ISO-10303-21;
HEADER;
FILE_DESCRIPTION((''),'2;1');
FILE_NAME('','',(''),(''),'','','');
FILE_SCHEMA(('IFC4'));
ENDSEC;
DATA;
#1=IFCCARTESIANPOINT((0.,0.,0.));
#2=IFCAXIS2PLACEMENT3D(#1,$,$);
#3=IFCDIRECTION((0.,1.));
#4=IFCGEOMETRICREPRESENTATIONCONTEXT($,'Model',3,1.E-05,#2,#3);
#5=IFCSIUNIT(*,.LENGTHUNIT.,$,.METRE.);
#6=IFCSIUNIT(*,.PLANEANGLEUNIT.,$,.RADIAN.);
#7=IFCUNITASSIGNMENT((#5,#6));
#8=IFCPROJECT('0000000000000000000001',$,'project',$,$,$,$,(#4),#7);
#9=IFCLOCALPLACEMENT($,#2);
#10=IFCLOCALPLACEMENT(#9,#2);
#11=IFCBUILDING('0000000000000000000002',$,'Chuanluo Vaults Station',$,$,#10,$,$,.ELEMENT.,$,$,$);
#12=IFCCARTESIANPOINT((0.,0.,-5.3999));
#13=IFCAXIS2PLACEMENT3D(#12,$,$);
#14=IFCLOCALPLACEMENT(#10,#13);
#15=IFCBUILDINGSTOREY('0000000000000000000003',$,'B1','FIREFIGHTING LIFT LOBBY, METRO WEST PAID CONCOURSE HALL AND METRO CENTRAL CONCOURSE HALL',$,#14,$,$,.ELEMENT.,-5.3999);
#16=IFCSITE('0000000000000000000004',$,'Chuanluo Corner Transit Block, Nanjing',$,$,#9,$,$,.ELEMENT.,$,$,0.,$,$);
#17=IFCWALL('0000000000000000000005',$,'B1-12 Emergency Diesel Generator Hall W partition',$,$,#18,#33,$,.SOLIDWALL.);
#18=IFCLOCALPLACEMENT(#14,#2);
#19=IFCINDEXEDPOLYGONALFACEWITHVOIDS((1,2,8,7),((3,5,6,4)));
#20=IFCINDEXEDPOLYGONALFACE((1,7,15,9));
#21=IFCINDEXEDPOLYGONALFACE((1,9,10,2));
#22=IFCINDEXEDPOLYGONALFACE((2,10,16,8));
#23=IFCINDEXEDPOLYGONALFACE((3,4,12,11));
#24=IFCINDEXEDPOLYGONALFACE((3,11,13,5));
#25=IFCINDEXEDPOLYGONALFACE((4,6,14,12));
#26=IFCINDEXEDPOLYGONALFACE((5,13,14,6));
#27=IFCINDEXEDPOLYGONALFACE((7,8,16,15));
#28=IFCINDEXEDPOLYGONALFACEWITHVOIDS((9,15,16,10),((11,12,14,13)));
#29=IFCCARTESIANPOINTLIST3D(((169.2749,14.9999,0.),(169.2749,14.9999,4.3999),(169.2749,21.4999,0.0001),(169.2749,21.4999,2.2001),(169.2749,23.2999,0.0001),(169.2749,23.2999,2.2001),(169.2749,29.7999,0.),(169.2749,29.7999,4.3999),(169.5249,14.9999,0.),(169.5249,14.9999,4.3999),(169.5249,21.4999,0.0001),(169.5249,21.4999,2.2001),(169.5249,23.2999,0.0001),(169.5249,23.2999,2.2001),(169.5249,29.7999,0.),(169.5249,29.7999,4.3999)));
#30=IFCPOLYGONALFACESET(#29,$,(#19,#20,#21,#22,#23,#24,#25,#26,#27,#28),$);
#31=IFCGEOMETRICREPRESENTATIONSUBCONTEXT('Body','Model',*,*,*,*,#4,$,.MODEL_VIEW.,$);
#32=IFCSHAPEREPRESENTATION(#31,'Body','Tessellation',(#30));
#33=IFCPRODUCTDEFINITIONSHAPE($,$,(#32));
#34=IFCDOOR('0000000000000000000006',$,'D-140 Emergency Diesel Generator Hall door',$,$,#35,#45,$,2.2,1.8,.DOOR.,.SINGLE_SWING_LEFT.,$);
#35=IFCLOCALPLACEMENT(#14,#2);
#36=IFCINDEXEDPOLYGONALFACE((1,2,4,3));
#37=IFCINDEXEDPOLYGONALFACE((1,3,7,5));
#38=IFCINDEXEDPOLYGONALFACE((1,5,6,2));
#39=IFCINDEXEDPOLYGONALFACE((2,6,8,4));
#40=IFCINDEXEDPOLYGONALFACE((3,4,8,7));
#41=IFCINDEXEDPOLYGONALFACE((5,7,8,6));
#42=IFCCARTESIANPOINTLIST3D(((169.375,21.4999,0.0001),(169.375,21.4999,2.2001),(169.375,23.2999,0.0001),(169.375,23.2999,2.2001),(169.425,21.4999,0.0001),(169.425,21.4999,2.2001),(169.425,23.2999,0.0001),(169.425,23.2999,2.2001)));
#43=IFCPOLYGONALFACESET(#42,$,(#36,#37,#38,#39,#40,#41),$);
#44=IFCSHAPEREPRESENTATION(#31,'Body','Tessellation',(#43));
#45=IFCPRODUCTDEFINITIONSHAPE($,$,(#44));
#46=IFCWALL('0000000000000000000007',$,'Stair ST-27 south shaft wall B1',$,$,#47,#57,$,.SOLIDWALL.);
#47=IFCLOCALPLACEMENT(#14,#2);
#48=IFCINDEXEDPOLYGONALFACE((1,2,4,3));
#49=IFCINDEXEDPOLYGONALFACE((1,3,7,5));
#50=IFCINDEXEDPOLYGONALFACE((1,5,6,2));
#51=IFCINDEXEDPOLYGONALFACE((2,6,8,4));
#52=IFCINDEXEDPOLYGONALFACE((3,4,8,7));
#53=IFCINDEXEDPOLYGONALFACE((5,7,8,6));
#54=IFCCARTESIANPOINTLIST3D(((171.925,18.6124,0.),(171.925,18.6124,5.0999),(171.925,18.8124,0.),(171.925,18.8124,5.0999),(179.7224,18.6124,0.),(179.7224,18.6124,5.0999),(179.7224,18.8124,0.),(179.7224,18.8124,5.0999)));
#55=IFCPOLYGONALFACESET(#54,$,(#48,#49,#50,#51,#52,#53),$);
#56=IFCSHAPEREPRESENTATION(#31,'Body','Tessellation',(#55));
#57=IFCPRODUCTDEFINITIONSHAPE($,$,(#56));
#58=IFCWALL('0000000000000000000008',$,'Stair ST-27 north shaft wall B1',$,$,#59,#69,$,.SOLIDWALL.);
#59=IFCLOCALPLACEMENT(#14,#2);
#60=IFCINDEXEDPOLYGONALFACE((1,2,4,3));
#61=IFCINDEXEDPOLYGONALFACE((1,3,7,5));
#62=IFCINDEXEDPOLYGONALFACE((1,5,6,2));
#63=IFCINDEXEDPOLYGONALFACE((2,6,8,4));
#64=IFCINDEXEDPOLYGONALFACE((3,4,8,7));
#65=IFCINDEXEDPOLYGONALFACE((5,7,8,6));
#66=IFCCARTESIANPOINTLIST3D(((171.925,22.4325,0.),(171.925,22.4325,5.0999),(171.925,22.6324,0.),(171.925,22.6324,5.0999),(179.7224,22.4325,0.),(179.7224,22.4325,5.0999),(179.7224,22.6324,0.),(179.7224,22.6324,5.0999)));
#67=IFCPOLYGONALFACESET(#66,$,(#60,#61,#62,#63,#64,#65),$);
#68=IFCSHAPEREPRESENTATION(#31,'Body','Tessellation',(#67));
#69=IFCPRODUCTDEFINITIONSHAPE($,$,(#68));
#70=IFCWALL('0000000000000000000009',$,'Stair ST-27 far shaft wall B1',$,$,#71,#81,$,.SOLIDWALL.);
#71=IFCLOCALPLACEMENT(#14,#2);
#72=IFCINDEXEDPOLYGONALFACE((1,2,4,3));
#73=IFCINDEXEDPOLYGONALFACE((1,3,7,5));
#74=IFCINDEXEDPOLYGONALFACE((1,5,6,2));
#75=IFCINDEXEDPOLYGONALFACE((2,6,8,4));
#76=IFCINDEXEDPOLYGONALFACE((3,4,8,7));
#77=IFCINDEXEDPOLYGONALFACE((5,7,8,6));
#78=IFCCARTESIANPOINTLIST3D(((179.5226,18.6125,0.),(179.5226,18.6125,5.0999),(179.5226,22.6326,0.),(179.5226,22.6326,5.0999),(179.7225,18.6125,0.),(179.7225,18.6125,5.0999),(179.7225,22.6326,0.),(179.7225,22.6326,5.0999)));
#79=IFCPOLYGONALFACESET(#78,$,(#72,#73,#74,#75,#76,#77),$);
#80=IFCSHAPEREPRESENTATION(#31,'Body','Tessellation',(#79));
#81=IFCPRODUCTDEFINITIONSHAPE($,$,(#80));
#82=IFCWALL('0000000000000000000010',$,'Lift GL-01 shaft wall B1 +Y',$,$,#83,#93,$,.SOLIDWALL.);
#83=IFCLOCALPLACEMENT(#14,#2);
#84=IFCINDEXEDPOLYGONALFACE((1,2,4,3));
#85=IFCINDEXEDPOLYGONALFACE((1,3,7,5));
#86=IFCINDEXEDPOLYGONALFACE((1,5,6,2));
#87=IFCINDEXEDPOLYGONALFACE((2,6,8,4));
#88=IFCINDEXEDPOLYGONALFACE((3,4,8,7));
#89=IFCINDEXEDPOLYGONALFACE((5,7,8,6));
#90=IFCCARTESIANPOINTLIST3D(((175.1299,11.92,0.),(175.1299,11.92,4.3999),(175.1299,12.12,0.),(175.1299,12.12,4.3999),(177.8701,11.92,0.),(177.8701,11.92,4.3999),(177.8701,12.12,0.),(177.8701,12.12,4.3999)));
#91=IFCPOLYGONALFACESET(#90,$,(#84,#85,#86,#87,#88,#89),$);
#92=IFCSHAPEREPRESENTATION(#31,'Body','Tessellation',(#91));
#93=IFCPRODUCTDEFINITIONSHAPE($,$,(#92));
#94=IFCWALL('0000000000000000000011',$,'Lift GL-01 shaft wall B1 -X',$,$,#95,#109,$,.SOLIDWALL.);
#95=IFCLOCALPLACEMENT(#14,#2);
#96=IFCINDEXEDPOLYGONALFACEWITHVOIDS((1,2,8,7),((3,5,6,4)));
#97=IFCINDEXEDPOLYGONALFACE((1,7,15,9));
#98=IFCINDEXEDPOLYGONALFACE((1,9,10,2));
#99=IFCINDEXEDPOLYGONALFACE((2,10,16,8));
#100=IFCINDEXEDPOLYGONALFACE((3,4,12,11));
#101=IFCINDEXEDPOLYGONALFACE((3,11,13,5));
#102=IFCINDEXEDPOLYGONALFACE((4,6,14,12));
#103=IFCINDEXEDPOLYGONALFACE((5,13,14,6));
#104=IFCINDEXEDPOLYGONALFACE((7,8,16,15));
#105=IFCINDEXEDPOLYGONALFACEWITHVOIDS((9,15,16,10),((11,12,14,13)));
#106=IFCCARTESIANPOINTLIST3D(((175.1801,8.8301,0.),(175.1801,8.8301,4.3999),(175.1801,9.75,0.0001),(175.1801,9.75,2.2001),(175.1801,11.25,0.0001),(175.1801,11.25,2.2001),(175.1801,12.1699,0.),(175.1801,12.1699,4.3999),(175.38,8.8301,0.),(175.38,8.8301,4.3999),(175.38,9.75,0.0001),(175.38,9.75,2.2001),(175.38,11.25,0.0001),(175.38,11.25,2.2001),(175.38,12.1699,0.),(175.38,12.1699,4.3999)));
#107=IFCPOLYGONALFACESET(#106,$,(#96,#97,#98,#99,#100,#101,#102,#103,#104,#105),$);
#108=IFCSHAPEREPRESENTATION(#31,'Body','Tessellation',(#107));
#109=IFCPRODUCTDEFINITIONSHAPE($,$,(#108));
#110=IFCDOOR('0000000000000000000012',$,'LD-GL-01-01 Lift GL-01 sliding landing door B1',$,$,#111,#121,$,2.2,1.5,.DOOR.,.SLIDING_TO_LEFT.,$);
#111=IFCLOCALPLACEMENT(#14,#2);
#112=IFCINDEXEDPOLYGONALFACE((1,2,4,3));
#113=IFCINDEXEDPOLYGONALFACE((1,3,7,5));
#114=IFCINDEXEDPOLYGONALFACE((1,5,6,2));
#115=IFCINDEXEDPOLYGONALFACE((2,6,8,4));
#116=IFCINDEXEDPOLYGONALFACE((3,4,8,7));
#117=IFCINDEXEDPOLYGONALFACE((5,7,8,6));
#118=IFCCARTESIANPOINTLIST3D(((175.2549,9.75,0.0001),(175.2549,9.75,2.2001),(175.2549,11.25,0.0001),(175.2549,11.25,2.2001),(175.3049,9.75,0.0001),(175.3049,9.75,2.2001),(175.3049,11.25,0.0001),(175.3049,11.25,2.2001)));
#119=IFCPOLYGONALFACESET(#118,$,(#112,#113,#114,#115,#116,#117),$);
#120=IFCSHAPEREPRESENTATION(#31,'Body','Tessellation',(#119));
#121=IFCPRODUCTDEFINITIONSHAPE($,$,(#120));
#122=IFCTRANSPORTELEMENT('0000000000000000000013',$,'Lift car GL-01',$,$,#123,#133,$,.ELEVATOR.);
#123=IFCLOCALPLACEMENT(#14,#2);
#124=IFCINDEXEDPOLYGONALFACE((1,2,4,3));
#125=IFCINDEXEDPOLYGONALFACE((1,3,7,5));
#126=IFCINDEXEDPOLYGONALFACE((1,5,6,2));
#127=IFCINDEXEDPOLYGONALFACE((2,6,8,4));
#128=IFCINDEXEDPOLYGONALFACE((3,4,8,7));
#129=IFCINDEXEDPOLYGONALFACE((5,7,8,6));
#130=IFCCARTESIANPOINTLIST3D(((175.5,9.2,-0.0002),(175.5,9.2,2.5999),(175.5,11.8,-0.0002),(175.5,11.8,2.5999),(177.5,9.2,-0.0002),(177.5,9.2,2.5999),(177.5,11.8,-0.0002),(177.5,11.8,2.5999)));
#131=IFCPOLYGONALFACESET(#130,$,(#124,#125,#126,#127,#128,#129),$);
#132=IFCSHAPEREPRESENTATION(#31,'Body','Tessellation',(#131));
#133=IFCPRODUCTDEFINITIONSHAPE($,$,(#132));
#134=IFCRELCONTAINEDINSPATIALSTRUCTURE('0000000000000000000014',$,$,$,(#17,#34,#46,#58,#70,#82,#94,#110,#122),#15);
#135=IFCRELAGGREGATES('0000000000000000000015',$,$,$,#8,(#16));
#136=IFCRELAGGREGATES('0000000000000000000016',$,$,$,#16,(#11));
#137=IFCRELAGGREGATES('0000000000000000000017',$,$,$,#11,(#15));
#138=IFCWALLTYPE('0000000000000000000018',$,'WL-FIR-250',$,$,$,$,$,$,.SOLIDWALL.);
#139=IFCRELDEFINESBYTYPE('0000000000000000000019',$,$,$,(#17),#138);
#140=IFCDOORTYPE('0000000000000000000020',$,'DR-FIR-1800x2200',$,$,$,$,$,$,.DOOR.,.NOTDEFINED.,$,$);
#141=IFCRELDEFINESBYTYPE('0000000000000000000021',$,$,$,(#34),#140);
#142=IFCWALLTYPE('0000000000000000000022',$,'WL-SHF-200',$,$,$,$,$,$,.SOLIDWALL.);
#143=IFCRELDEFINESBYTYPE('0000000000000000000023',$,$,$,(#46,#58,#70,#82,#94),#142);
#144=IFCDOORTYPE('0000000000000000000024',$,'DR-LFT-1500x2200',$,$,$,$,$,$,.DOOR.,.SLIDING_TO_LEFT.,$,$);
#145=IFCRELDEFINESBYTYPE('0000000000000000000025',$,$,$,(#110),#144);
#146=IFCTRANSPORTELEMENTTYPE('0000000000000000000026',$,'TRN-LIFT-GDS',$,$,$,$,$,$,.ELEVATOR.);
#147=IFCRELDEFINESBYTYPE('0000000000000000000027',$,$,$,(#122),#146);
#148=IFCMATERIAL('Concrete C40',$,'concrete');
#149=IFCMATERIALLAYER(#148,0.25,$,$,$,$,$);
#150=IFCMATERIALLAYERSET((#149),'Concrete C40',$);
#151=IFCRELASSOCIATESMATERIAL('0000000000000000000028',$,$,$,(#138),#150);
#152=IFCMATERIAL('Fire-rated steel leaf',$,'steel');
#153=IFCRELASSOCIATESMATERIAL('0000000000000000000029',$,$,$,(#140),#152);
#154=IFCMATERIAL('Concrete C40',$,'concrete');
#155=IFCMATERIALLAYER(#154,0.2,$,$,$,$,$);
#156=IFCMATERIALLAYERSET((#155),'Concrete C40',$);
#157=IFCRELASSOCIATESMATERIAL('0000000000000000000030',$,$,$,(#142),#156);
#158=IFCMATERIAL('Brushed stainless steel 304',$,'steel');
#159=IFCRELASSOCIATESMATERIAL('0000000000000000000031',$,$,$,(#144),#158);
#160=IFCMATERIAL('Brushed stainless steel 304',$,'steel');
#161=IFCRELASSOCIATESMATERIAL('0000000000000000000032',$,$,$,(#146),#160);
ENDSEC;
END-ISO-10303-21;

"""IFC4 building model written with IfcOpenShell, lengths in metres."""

from ifc_helpers import new_model, si_unit, direction, frame, frame_2d, origin, origin_2d, place, context, subcontext, project, spatial, rectangle, extrude, material, layer, layer_set, type_object, element, fill, save


model = new_model("IFC4")

# Units and contexts
model_context = context("Model", 3, precision=1e-05, world=origin(), true_north=direction((0.0, 1.0)))
body_context = subcontext(model_context, "Body", "Model", "MODEL_VIEW")
ifc_project = project(units=[si_unit("LENGTHUNIT", "METRE"), si_unit("PLANEANGLEUNIT", "RADIAN")], contexts=[model_context])

# Site, building, storey
site_placement = place(None, origin())
site = spatial("IfcSite", under=ifc_project, at=site_placement, Name="Chuanluo Corner Transit Block, Nanjing", CompositionType="ELEMENT", RefElevation=0.0)
building_placement = place(site_placement, origin())
building = spatial("IfcBuilding", under=site, at=building_placement, Name="Chuanluo Vaults Station", CompositionType="ELEMENT")
storey_placement = place(building_placement, frame((0.0, 0.0, -5.3999)))
storey = spatial("IfcBuildingStorey", under=building, at=storey_placement, Name="B1", Description="FIREFIGHTING LIFT LOBBY, METRO WEST PAID CONCOURSE HALL AND METRO CENTRAL CONCOURSE HALL", CompositionType="ELEMENT", Elevation=-5.3999)

# Shared definitions
ifc_material_1 = material(Name="Concrete C40", Category="concrete")
ifc_layer_1 = layer(ifc_material_1, 0.25)
ifc_layer_set_1 = layer_set([ifc_layer_1], Name="Concrete C40")
wall_type_1 = type_object("IfcWallType", Name="WL-FIR-250", PredefinedType="SOLIDWALL", material=ifc_layer_set_1)

# Wall, opening, door
wall_1_placement = place(storey_placement, frame((169.3999, 15.0, 0.0), z_axis=(0.0, 0.0, 1.0), x_axis=(0.0, 1.0, 0.0)))
wall_1 = element("IfcWall", 1, at=wall_1_placement, inside=storey, type_object=wall_type_1, Name="B1-12 Emergency Diesel Generator Hall W partition", PredefinedType="SOLIDWALL", context=body_context, shape_type="SweptSolid", body=[
    extrude(rectangle(XDim=14.8, YDim=0.25, at=frame_2d((7.3999, 0.0))), origin(), (0.0, 0.0, 1.0), 4.3999),
])
opening_1_placement = place(wall_1_placement, frame((6.5, 0.0, 0.0)))
opening_1 = element("IfcOpeningElement", 2, at=opening_1_placement, cuts=wall_1, PredefinedType="OPENING", context=body_context, shape_type="SweptSolid", body=[
    extrude(rectangle(XDim=1.8, YDim=2.2, at=frame_2d((0.8999, 1.1001))), frame((0.0, 0.135, 0.0), z_axis=(0.0, -1.0, 0.0), x_axis=(1.0, 0.0, 0.0)), (0.0, 0.0, 1.0), 0.27),
])
ifc_material_2 = material(Name="Fire-rated steel leaf", Category="steel")
door_type_1 = type_object("IfcDoorType", Name="DR-FIR-1800x2200", OperationType="NOTDEFINED", PredefinedType="DOOR", material=ifc_material_2)
door_1_placement = place(opening_1_placement, origin())
door_1 = element("IfcDoor", 3, at=door_1_placement, inside=storey, type_object=door_type_1, Name="D-140 Emergency Diesel Generator Hall door", OperationType="SINGLE_SWING_LEFT", OverallHeight=2.2, OverallWidth=1.8, PredefinedType="DOOR", context=body_context, shape_type="SweptSolid", body=[
    extrude(rectangle(XDim=1.8, YDim=2.2, at=frame_2d((0.8999, 1.1001))), frame((0.0, 0.0249, 0.0), z_axis=(0.0, -1.0, 0.0), x_axis=(1.0, 0.0, 0.0)), (0.0, 0.0, 1.0), 0.05),
])
fill(opening_1, door_1)

# Walls
ifc_material_3 = material(Name="Concrete C40", Category="concrete")
ifc_layer_2 = layer(ifc_material_3, 0.2)
ifc_layer_set_2 = layer_set([ifc_layer_2], Name="Concrete C40")
wall_type_2 = type_object("IfcWallType", Name="WL-SHF-200", PredefinedType="SOLIDWALL", material=ifc_layer_set_2)
for number, where, z_axis, x_axis, name in (
    (4, (171.925, 18.7124, 0.0), (0.0, 0.0, 1.0), (1.0, 0.0, 0.0), "Stair ST-27 south shaft wall B1"),
    (5, (179.7224, 22.5325, 0.0), (0.0, 0.0, 1.0), (-1.0, 0.0, 0.0), "Stair ST-27 north shaft wall B1"),
):
    element("IfcWall", number, at=place(storey_placement, frame(where, z_axis=z_axis, x_axis=x_axis)), inside=storey, type_object=wall_type_2, Name=name, PredefinedType="SOLIDWALL", context=body_context, shape_type="SweptSolid", body=[
        extrude(rectangle(XDim=7.7974, YDim=0.2, at=frame_2d((3.8987, 0.0))), origin(), (0.0, 0.0, 1.0), 5.0999),
    ])
wall_2_placement = place(storey_placement, frame((179.6226, 18.6125, 0.0), z_axis=(0.0, 0.0, 1.0), x_axis=(0.0, 1.0, 0.0)))
element("IfcWall", 6, at=wall_2_placement, inside=storey, type_object=wall_type_2, Name="Stair ST-27 far shaft wall B1", PredefinedType="SOLIDWALL", context=body_context, shape_type="SweptSolid", body=[
    extrude(rectangle(XDim=4.02, YDim=0.2, at=frame_2d((2.01, 0.0))), origin(), (0.0, 0.0, 1.0), 5.0999),
])
wall_3_placement = place(storey_placement, frame((177.8701, 12.02, 0.0), z_axis=(0.0, 0.0, 1.0), x_axis=(-1.0, 0.0, 0.0)))
element("IfcWall", 7, at=wall_3_placement, inside=storey, type_object=wall_type_2, Name="Lift GL-01 shaft wall B1 +Y", PredefinedType="SOLIDWALL", context=body_context, shape_type="SweptSolid", body=[
    extrude(rectangle(XDim=2.7402, YDim=0.2, at=frame_2d((1.3701, 0.0))), origin(), (0.0, 0.0, 1.0), 4.3999),
])

# Wall, opening, door
wall_4_placement = place(storey_placement, frame((175.28, 12.1699, 0.0), z_axis=(0.0, 0.0, 1.0), x_axis=(0.0, -1.0, 0.0)))
wall_4 = element("IfcWall", 8, at=wall_4_placement, inside=storey, type_object=wall_type_2, Name="Lift GL-01 shaft wall B1 -X", PredefinedType="SOLIDWALL", context=body_context, shape_type="SweptSolid", body=[
    extrude(rectangle(XDim=3.3398, YDim=0.2, at=frame_2d((1.6699, 0.0))), origin(), (0.0, 0.0, 1.0), 4.3999),
])
opening_2_placement = place(wall_4_placement, frame((0.9199, 0.0, 0.0)))
opening_2 = element("IfcOpeningElement", 9, at=opening_2_placement, cuts=wall_4, PredefinedType="OPENING", context=body_context, shape_type="SweptSolid", body=[
    extrude(rectangle(XDim=1.5, YDim=2.2, at=frame_2d((0.75, 1.1001))), frame((0.0, 0.1101, 0.0), z_axis=(0.0, -1.0, 0.0), x_axis=(1.0, 0.0, 0.0)), (0.0, 0.0, 1.0), 0.22),
])
ifc_material_4 = material(Name="Brushed stainless steel 304", Category="steel")
door_type_2 = type_object("IfcDoorType", Name="DR-LFT-1500x2200", OperationType="SLIDING_TO_LEFT", PredefinedType="DOOR", material=ifc_material_4)
door_2_placement = place(opening_2_placement, origin())
door_2 = element("IfcDoor", 10, at=door_2_placement, inside=storey, type_object=door_type_2, Name="LD-GL-01-01 Lift GL-01 sliding landing door B1", OperationType="SLIDING_TO_LEFT", OverallHeight=2.2, OverallWidth=1.5, PredefinedType="DOOR", context=body_context, shape_type="SweptSolid", body=[
    extrude(rectangle(XDim=1.5, YDim=2.2, at=frame_2d((0.75, 1.1001))), frame((0.0, 0.0249, 0.0), z_axis=(0.0, -1.0, 0.0), x_axis=(1.0, 0.0, 0.0)), (0.0, 0.0, 1.0), 0.05),
])
fill(opening_2, door_2)

# Transport element
ifc_material_5 = material(Name="Brushed stainless steel 304", Category="steel")
transport_element_type = type_object("IfcTransportElementType", Name="TRN-LIFT-GDS", PredefinedType="ELEVATOR", material=ifc_material_5)
transport_element_placement = place(storey_placement, frame((176.5, 10.5, -0.0002), z_axis=(0.0, 0.0, 1.0), x_axis=(1.0, 0.0, 0.0)))
element("IfcTransportElement", 11, at=transport_element_placement, inside=storey, type_object=transport_element_type, Name="Lift car GL-01", PredefinedType="ELEVATOR", context=body_context, shape_type="SweptSolid", body=[
    extrude(rectangle(XDim=2.0, YDim=2.6001, at=origin_2d()), origin(), (0.0, 0.0, 1.0), 2.6001),
])

save(model, "model.ifc")
